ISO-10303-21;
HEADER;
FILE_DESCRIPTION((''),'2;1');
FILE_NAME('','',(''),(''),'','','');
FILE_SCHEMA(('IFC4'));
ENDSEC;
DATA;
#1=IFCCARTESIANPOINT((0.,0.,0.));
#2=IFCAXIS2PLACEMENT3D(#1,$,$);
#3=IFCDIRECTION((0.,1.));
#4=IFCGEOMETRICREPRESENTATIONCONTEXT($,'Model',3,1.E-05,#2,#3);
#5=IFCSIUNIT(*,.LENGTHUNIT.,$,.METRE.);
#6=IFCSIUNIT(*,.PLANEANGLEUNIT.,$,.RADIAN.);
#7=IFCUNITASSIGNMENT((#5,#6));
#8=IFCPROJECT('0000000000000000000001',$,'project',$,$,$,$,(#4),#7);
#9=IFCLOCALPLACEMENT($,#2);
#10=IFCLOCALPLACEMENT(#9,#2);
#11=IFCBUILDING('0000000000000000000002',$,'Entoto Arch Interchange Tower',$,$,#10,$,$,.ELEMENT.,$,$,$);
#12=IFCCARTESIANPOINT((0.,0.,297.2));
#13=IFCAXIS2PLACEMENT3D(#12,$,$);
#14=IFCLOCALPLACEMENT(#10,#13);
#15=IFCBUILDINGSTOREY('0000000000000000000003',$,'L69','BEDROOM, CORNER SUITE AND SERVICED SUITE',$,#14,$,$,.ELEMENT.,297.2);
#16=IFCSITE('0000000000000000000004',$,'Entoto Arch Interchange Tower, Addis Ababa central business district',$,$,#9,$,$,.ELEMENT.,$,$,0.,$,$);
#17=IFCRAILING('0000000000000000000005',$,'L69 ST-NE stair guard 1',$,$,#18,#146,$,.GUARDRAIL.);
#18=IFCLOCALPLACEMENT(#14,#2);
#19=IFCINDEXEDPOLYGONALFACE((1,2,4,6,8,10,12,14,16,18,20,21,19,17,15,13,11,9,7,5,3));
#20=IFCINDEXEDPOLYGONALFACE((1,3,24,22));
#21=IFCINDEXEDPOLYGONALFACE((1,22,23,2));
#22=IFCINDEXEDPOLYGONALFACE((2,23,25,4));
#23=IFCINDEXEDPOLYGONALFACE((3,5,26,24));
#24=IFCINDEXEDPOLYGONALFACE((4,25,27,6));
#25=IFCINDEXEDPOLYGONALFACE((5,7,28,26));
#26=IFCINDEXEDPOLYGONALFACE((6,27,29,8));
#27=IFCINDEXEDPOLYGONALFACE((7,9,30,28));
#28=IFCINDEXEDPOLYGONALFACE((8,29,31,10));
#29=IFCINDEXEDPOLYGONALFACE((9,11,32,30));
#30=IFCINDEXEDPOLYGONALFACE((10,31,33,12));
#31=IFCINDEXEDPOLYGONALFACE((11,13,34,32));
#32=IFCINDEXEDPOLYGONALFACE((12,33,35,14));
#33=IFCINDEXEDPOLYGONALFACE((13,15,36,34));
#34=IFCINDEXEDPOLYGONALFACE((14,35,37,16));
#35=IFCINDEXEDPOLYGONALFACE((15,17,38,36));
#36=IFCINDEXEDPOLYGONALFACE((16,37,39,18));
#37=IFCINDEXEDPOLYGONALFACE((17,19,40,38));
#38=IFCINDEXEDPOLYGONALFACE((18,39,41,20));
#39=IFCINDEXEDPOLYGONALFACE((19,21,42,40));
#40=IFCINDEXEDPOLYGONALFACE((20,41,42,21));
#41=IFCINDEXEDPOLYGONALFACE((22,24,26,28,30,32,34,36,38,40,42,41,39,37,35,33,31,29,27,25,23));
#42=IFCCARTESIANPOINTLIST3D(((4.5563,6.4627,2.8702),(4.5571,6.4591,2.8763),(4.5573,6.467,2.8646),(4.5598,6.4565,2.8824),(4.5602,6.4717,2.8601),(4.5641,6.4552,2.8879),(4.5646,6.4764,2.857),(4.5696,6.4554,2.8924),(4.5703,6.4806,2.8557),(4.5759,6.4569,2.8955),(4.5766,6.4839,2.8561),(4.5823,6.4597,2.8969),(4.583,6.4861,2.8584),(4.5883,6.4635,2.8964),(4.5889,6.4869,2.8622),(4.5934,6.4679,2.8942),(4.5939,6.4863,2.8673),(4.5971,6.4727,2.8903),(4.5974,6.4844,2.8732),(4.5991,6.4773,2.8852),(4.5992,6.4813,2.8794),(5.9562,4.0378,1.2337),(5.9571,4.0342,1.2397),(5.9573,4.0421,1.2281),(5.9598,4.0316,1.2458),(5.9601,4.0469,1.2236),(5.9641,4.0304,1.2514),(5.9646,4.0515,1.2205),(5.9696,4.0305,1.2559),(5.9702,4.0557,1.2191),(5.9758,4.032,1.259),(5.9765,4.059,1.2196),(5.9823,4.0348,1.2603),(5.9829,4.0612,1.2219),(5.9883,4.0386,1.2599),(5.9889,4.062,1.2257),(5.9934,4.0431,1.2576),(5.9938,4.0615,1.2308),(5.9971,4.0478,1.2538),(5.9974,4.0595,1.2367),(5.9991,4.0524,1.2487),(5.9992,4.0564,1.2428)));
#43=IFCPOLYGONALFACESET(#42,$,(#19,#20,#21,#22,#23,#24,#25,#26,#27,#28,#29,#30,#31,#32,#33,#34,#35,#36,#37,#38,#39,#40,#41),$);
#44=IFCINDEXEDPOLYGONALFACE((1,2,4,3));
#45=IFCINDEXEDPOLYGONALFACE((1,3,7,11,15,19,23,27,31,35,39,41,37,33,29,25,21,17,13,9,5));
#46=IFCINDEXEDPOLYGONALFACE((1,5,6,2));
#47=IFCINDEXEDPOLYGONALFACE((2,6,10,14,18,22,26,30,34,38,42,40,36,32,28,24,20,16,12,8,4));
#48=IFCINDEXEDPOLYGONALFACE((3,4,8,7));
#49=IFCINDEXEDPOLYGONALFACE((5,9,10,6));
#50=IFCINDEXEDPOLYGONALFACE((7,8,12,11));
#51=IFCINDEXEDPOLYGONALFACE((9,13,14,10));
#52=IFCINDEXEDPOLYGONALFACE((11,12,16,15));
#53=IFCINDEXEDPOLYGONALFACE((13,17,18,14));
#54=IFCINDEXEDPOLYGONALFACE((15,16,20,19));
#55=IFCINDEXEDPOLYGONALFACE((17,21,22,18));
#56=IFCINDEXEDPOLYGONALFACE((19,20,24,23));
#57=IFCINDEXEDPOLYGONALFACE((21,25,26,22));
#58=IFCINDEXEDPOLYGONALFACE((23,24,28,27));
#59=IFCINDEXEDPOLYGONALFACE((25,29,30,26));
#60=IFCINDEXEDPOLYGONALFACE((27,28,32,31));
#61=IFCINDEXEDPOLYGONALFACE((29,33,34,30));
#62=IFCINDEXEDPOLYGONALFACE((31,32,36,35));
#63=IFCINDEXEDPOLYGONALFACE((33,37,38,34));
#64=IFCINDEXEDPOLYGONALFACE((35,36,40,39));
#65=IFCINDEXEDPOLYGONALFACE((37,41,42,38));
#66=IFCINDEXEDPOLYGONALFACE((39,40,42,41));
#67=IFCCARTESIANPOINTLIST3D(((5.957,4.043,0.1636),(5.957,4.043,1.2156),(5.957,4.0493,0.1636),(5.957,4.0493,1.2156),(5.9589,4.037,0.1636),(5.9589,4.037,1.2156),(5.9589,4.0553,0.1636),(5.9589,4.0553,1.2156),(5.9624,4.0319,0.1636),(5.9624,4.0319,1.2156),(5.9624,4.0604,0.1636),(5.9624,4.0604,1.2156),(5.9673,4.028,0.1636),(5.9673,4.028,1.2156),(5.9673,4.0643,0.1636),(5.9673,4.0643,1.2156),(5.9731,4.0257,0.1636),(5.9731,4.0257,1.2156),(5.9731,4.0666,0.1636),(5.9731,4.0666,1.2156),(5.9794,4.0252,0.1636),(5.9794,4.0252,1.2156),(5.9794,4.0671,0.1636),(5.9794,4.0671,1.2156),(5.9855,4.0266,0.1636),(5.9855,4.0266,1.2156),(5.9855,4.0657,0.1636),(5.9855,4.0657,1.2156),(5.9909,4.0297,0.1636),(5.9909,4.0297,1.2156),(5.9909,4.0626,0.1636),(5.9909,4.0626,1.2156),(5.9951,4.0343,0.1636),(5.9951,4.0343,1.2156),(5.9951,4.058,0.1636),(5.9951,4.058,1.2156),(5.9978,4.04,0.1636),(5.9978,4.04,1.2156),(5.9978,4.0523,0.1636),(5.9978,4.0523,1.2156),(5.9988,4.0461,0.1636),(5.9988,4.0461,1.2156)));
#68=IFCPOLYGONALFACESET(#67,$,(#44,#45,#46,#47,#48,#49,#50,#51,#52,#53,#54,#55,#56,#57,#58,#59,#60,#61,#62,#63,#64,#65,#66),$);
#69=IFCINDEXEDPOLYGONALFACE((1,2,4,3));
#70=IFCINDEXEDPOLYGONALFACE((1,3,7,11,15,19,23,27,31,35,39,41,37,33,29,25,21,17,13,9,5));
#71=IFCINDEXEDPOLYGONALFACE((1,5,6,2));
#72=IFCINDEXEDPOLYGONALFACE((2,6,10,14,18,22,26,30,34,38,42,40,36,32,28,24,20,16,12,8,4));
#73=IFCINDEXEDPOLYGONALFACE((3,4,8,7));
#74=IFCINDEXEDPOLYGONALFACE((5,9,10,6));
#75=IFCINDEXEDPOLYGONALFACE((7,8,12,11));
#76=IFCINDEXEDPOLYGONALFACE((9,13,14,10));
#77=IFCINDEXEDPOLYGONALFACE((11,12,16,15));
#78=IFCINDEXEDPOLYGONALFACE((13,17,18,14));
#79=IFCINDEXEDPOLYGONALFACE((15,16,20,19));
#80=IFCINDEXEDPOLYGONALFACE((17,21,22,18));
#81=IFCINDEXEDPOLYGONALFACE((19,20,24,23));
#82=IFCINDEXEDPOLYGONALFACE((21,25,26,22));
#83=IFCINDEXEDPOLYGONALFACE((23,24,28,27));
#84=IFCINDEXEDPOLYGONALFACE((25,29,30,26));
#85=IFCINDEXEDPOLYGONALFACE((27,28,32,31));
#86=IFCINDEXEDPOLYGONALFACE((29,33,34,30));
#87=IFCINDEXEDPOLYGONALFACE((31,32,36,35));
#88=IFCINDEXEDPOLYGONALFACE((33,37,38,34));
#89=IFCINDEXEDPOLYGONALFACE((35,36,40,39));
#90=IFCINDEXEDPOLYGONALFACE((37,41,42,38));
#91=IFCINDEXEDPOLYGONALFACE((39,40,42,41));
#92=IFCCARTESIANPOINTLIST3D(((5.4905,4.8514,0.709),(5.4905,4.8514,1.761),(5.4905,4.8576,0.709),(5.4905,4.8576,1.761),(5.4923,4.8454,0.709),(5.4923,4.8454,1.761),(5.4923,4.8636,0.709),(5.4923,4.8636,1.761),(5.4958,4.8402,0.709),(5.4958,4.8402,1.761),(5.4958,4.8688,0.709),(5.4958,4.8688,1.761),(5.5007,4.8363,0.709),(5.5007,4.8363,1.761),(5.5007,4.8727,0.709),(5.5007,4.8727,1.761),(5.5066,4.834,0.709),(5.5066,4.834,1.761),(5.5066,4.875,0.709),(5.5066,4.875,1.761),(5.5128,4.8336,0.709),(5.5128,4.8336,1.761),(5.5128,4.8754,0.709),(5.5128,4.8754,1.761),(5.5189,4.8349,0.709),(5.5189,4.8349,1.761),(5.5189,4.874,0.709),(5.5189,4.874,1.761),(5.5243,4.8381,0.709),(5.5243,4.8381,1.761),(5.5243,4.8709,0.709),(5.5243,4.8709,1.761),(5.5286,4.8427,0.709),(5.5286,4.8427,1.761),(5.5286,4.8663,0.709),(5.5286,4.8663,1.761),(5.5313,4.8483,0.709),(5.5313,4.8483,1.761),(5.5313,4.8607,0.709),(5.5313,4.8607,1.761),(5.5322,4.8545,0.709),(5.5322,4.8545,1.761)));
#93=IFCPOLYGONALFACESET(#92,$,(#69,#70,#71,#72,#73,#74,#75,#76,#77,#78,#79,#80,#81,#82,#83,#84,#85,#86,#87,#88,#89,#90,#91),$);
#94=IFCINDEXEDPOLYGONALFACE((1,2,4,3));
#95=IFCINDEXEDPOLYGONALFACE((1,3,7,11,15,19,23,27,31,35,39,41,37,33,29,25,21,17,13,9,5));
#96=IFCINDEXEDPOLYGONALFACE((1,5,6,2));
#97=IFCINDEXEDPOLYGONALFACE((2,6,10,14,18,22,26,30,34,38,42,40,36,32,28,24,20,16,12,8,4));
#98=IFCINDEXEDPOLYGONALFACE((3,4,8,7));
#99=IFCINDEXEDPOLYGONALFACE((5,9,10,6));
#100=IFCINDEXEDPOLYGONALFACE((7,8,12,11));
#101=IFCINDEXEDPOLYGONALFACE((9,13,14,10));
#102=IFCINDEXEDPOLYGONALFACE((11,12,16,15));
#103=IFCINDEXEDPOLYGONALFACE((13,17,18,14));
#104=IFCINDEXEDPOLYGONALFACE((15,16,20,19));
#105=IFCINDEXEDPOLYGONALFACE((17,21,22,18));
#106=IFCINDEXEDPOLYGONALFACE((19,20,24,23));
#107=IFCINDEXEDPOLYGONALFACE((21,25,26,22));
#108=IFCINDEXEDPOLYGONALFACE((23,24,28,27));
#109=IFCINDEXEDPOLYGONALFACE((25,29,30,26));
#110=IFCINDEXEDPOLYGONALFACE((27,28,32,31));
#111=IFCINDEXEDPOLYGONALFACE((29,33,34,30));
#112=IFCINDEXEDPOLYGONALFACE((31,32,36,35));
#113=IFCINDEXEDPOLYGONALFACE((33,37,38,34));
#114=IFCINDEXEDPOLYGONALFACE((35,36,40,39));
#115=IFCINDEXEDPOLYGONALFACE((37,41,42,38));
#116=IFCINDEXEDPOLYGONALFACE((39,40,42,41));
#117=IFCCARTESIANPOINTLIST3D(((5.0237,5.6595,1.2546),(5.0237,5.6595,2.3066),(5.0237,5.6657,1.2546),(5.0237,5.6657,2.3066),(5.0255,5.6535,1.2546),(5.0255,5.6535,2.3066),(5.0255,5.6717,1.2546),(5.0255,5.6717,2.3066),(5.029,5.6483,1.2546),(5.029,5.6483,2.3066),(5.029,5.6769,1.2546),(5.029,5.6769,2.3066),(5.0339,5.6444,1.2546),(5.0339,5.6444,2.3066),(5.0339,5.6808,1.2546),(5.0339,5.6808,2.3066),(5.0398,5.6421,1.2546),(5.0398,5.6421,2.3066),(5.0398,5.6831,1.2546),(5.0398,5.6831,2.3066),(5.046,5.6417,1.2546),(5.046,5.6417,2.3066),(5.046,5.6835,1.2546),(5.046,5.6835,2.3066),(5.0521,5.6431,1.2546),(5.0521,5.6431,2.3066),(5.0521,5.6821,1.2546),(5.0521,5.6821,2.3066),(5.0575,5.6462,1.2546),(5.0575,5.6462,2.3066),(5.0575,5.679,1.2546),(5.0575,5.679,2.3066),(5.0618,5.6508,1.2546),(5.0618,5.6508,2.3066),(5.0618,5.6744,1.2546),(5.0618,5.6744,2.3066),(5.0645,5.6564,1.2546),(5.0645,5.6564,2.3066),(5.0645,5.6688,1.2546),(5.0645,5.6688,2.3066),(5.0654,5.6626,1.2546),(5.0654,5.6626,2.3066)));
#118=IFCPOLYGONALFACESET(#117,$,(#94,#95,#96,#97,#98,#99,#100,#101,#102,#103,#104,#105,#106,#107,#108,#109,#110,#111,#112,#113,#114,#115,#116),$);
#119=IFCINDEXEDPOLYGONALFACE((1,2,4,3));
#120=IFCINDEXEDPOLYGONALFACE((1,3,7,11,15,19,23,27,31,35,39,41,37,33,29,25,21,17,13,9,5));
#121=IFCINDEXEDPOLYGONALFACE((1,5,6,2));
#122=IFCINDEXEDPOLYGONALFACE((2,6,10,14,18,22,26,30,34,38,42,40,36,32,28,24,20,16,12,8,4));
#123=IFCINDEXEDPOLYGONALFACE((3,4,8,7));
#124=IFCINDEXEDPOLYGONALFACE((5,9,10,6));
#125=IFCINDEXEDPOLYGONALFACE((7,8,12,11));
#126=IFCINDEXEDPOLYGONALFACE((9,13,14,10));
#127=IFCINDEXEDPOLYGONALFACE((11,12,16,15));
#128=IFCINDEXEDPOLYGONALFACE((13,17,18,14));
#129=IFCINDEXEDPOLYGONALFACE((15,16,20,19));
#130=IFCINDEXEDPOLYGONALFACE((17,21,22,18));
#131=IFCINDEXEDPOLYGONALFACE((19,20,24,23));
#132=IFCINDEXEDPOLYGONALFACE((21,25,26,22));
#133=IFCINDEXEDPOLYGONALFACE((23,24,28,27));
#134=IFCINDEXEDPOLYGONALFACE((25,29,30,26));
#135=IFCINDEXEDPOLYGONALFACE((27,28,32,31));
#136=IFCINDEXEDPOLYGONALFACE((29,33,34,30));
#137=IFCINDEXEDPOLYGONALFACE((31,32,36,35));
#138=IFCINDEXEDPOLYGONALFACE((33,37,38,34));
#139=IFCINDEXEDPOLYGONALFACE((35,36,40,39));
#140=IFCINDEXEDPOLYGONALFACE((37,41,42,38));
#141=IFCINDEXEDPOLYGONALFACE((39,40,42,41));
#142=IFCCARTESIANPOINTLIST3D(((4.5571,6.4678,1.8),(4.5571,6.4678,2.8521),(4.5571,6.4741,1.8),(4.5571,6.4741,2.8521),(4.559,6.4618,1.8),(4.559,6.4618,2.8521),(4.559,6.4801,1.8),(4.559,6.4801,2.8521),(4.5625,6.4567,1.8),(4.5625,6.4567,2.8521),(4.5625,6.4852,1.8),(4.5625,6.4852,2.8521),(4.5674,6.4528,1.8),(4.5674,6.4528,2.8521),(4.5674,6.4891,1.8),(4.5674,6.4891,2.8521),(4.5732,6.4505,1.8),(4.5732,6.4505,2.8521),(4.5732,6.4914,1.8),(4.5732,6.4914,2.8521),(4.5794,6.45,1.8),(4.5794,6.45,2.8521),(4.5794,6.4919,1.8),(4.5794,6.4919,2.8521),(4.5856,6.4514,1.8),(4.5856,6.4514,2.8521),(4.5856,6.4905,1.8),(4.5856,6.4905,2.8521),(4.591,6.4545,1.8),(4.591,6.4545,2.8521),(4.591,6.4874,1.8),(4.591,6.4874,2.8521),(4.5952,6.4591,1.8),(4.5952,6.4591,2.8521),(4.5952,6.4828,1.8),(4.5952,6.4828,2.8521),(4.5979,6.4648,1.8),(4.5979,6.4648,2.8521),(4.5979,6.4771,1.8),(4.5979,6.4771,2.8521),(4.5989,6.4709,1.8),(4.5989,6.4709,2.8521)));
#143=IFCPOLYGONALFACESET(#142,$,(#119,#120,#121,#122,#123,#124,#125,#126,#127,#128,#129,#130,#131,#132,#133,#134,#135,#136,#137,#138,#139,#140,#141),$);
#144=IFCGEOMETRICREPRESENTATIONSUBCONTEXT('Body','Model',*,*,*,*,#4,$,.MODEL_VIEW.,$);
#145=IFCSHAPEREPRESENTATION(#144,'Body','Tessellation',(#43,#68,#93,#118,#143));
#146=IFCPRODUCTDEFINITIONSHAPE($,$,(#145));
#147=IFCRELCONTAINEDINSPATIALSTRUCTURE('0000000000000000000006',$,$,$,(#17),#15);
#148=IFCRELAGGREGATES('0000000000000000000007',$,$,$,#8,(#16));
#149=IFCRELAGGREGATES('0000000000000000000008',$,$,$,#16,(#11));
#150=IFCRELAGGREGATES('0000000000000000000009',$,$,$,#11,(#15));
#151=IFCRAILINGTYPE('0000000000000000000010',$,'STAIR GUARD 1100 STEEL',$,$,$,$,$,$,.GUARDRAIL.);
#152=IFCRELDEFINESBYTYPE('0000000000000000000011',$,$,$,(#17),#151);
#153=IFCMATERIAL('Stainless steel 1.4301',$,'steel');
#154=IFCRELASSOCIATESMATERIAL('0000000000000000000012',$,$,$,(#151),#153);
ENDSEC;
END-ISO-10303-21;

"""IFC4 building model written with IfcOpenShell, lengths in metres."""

from ifc_helpers import new_model, si_unit, direction, frame, origin, origin_2d, place, context, subcontext, project, spatial, circle, extrude, material, type_object, element, save


model = new_model("IFC4")

# Units and contexts
model_context = context("Model", 3, precision=1e-05, world=origin(), true_north=direction((0.0, 1.0)))
body_context = subcontext(model_context, "Body", "Model", "MODEL_VIEW")
ifc_project = project(units=[si_unit("LENGTHUNIT", "METRE"), si_unit("PLANEANGLEUNIT", "RADIAN")], contexts=[model_context])

# Site, building, storey
site_placement = place(None, origin())
site = spatial("IfcSite", under=ifc_project, at=site_placement, Name="Entoto Arch Interchange Tower, Addis Ababa central business district", CompositionType="ELEMENT", RefElevation=0.0)
building_placement = place(site_placement, origin())
building = spatial("IfcBuilding", under=site, at=building_placement, Name="Entoto Arch Interchange Tower", CompositionType="ELEMENT")
storey_placement = place(building_placement, frame((0.0, 0.0, 297.2)))
storey = spatial("IfcBuildingStorey", under=building, at=storey_placement, Name="L69", Description="BEDROOM, CORNER SUITE AND SERVICED SUITE", CompositionType="ELEMENT", Elevation=297.2)

# Railing
ifc_material_1 = material(Name="Stainless steel 1.4301", Category="steel")
railing_type_1 = type_object("IfcRailingType", Name="STAIR GUARD 1100 STEEL", PredefinedType="GUARDRAIL", material=ifc_material_1)
railing_1_placement = place(storey_placement, frame((5.9778, 4.0461, 0.1636)))
element("IfcRailing", 1, at=railing_1_placement, inside=storey, type_object=railing_type_1, Name="L69 ST-NE stair guard 1", PredefinedType="GUARDRAIL", context=body_context, shape_type="SweptSolid", body=[
    extrude(circle(Radius=0.0239, at=origin_2d()), frame((0.0, 0.0, 1.0762), z_axis=(-0.431661, 0.74769, 0.504608), x_axis=(-0.866035, -0.499984, 0.0)), (0.0, 0.0, 1.0), 3.2432),
    extrude(circle(Radius=0.021, at=origin_2d()), origin(), (0.0, 0.0, 1.0), 1.052),
    extrude(circle(Radius=0.021, at=origin_2d()), frame((-0.4666, 0.8083, 0.5454)), (0.0, 0.0, 1.0), 1.052),
    extrude(circle(Radius=0.021, at=origin_2d()), frame((-0.9333, 1.6165, 1.0911)), (0.0, 0.0, 1.0), 1.052),
    extrude(circle(Radius=0.021, at=origin_2d()), frame((-1.3999, 2.4248, 1.6365)), (0.0, 0.0, 1.0), 1.052),
])

save(model, "model.ifc")
